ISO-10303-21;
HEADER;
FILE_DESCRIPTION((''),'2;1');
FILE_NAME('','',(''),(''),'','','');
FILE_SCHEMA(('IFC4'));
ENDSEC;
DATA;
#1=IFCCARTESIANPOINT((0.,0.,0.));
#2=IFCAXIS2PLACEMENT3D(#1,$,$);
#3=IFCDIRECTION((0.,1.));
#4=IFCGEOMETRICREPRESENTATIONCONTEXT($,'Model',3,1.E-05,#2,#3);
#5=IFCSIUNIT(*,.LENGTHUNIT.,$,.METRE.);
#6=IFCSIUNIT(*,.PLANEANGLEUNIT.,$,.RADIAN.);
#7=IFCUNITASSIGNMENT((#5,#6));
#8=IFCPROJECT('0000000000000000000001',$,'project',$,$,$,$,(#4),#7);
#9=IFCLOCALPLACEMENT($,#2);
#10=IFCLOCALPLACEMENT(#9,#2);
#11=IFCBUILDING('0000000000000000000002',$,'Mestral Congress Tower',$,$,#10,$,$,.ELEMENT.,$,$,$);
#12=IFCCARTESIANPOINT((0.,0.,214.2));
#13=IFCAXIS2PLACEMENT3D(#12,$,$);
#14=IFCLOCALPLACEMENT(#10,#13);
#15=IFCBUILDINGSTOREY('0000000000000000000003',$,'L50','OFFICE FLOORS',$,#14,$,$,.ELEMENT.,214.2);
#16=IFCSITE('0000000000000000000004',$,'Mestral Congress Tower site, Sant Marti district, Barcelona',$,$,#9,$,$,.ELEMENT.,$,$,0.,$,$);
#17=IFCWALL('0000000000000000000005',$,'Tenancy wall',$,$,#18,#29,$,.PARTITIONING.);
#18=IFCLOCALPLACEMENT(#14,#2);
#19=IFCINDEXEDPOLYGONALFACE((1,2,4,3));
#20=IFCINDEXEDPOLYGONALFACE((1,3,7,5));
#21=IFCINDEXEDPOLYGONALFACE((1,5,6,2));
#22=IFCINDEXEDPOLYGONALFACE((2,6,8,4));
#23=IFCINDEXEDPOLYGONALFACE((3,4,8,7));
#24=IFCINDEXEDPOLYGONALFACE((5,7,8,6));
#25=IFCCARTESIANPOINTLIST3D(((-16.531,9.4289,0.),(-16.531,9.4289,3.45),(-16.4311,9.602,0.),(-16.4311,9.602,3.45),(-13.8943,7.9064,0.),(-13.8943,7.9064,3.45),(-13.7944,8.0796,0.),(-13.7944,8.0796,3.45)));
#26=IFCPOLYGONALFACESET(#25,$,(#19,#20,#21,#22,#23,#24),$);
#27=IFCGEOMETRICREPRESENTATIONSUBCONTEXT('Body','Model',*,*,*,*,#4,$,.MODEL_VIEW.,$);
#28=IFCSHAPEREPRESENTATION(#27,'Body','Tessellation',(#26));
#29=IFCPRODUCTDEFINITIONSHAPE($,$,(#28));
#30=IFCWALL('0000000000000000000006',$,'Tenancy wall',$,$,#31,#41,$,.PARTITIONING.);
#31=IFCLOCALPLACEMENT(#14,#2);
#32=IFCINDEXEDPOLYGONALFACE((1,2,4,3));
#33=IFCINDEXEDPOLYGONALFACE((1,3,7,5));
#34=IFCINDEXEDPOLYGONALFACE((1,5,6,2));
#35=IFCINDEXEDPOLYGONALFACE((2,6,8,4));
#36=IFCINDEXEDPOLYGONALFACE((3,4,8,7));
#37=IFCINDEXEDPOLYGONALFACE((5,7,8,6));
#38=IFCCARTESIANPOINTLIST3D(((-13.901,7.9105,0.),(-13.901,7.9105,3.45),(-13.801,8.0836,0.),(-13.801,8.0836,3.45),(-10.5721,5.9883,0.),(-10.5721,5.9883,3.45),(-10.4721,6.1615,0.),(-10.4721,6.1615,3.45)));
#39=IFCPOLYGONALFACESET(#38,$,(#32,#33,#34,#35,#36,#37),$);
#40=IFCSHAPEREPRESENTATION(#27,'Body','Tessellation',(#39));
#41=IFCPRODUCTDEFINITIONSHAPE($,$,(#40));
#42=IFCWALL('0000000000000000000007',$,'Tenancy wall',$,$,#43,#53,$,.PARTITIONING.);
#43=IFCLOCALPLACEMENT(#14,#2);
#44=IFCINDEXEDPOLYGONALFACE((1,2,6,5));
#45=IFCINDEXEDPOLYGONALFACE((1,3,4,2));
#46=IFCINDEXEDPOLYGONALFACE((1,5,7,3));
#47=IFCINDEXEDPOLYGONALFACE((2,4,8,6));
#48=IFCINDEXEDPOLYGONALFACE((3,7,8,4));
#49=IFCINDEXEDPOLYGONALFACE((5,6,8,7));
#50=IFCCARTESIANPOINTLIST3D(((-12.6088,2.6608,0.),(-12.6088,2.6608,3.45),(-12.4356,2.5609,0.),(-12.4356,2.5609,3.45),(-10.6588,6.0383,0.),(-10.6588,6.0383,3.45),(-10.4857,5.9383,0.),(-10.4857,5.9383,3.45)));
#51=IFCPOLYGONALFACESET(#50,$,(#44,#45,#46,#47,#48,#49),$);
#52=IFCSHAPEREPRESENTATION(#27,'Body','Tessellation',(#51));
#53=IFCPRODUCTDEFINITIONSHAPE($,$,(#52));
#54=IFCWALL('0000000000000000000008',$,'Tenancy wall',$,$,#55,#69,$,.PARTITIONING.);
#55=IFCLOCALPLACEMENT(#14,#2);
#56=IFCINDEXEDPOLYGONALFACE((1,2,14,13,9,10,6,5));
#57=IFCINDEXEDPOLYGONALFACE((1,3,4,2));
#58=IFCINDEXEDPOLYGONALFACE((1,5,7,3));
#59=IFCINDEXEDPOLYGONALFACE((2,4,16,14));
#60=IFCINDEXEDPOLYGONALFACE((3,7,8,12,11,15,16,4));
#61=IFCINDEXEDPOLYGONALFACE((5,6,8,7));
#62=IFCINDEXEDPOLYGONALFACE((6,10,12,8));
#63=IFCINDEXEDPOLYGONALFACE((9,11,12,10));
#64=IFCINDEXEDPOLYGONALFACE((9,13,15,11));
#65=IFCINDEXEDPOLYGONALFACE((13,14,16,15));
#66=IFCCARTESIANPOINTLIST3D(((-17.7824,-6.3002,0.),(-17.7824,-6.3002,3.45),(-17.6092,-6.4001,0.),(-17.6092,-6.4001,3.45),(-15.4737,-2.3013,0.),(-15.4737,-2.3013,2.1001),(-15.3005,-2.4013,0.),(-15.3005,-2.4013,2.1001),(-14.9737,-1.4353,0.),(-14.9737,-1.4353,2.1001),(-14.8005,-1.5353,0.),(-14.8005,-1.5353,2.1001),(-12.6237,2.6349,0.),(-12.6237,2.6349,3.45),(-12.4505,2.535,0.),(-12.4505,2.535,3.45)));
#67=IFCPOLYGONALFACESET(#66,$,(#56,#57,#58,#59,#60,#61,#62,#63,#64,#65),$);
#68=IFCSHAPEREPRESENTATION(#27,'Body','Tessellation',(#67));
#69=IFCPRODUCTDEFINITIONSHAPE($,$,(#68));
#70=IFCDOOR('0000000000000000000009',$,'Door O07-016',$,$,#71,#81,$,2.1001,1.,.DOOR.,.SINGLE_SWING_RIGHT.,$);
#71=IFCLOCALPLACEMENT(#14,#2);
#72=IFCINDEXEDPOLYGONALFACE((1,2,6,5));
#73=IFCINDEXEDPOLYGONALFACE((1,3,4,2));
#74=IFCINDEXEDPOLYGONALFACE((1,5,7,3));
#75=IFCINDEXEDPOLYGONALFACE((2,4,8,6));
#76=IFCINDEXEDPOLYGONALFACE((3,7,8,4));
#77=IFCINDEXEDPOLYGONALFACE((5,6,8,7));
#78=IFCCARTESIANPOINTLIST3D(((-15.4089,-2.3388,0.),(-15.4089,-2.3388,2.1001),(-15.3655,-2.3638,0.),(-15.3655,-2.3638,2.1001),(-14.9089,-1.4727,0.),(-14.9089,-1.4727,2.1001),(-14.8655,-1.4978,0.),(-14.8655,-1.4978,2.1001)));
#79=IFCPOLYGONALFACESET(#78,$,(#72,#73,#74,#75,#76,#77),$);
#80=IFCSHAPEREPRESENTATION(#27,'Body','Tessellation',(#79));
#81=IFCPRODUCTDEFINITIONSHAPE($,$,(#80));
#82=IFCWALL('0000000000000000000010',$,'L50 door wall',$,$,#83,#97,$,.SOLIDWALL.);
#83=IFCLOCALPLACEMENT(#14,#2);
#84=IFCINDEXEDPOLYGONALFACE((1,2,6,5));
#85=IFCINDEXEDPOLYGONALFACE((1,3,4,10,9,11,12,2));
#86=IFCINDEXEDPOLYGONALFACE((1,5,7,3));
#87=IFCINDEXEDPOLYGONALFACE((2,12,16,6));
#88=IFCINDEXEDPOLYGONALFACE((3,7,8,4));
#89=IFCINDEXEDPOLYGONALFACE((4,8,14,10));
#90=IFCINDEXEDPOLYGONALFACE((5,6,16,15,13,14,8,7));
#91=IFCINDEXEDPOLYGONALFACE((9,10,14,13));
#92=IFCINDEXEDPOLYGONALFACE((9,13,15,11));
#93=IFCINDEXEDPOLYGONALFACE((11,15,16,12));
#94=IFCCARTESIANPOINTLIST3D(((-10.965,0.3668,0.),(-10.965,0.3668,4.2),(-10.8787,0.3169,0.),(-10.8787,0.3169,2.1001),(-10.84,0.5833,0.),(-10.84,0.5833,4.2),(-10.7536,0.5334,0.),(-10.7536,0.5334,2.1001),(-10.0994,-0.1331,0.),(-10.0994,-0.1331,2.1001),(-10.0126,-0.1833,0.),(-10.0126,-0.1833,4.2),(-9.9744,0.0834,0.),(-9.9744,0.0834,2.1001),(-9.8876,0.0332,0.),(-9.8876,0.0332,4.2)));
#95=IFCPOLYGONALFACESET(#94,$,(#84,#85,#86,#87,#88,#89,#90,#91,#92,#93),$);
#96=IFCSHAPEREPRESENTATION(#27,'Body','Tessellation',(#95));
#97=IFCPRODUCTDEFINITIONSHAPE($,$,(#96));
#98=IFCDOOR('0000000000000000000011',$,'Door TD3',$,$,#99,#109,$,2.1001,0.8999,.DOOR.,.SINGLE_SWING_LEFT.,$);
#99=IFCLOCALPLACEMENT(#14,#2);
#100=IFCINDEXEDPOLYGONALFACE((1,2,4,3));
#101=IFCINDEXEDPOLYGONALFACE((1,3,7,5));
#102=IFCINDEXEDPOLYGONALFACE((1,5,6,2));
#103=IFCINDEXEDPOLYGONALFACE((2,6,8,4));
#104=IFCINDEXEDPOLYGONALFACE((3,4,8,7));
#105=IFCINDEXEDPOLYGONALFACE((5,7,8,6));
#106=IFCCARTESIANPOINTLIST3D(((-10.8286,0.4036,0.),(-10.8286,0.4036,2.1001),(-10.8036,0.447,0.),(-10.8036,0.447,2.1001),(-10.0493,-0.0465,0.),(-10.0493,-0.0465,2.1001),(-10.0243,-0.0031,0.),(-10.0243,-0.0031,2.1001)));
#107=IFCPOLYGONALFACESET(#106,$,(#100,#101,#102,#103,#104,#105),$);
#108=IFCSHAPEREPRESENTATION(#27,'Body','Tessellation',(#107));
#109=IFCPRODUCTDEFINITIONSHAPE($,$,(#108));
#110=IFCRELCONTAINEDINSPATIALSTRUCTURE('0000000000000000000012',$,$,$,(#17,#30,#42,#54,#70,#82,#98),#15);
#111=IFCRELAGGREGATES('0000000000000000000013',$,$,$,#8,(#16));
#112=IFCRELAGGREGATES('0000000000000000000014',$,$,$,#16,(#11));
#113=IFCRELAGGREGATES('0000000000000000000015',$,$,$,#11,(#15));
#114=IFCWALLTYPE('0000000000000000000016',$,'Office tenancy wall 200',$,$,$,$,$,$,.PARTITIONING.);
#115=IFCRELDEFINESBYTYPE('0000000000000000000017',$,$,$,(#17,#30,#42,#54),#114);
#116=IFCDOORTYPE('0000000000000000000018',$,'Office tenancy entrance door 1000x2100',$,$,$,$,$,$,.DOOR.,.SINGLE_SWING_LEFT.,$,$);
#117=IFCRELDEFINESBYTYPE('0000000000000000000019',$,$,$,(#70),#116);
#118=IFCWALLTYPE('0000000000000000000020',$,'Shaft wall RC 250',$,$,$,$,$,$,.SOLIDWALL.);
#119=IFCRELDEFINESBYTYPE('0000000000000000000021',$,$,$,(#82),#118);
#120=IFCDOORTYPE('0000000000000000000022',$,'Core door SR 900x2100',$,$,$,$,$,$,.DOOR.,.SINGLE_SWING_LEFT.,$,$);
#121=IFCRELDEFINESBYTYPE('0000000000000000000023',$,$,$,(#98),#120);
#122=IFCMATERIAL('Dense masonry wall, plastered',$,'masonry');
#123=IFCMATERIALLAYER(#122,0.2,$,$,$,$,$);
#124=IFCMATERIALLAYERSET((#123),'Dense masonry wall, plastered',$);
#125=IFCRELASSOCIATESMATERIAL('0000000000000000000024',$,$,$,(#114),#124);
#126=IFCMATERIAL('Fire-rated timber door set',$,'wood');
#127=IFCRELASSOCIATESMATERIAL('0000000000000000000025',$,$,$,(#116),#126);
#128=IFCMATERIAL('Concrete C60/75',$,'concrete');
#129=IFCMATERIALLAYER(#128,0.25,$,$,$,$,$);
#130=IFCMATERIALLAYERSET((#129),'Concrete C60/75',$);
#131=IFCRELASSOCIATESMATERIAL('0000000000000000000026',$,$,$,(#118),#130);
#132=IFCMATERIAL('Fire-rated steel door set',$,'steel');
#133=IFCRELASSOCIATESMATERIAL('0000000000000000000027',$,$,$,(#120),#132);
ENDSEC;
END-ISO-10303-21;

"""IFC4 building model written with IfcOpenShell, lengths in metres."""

from ifc_helpers import new_model, si_unit, direction, frame, frame_2d, origin, place, context, subcontext, project, spatial, rectangle, extrude, material, layer, layer_set, type_object, element, fill, save


model = new_model("IFC4")

# Units and contexts
model_context = context("Model", 3, precision=1e-05, world=origin(), true_north=direction((0.0, 1.0)))
body_context = subcontext(model_context, "Body", "Model", "MODEL_VIEW")
ifc_project = project(units=[si_unit("LENGTHUNIT", "METRE"), si_unit("PLANEANGLEUNIT", "RADIAN")], contexts=[model_context])

# Site, building, storey
site_placement = place(None, origin())
site = spatial("IfcSite", under=ifc_project, at=site_placement, Name="Mestral Congress Tower site, Sant Marti district, Barcelona", CompositionType="ELEMENT", RefElevation=0.0)
building_placement = place(site_placement, origin())
building = spatial("IfcBuilding", under=site, at=building_placement, Name="Mestral Congress Tower", CompositionType="ELEMENT")
storey_placement = place(building_placement, frame((0.0, 0.0, 214.2)))
storey = spatial("IfcBuildingStorey", under=building, at=storey_placement, Name="L50", Description="OFFICE FLOORS", CompositionType="ELEMENT", Elevation=214.2)

# Shared definitions
ifc_material_1 = material(Name="Concrete C60/75", Category="concrete")

# Walls
ifc_material_2 = material(Name="Dense masonry wall, plastered", Category="masonry")
ifc_layer_1 = layer(ifc_material_2, 0.2)
ifc_layer_set_1 = layer_set([ifc_layer_1], Name="Dense masonry wall, plastered")
wall_type_1 = type_object("IfcWallType", Name="Office tenancy wall 200", PredefinedType="PARTITIONING", material=ifc_layer_set_1)
wall_1_placement = place(storey_placement, frame((-13.8442, 7.9929, 0.0), z_axis=(0.0, 0.0, 1.0), x_axis=(-0.866004, 0.500037, 0.0)))
element("IfcWall", 1, at=wall_1_placement, inside=storey, type_object=wall_type_1, Name="Tenancy wall", PredefinedType="PARTITIONING", context=body_context, shape_type="SweptSolid", body=[
    extrude(rectangle(XDim=3.0447, YDim=0.2, at=frame_2d((1.5225, 0.0))), origin(), (0.0, 0.0, 1.0), 3.45),
])
wall_2_placement = place(storey_placement, frame((-10.5222, 6.075, 0.0), z_axis=(0.0, 0.0, 1.0), x_axis=(-0.866003, 0.500039, 0.0)))
element("IfcWall", 2, at=wall_2_placement, inside=storey, type_object=wall_type_1, Name="Tenancy wall", PredefinedType="PARTITIONING", context=body_context, shape_type="SweptSolid", body=[
    extrude(rectangle(XDim=3.844, YDim=0.2, at=frame_2d((1.9219, 0.0))), origin(), (0.0, 0.0, 1.0), 3.45),
])
wall_3_placement = place(storey_placement, frame((-10.5723, 5.9883, 0.0), z_axis=(0.0, 0.0, 1.0), x_axis=(-0.499997, -0.866027, 0.0)))
element("IfcWall", 3, at=wall_3_placement, inside=storey, type_object=wall_type_1, Name="Tenancy wall", PredefinedType="PARTITIONING", context=body_context, shape_type="SweptSolid", body=[
    extrude(rectangle(XDim=3.8999, YDim=0.2, at=frame_2d((1.95, 0.0))), origin(), (0.0, 0.0, 1.0), 3.45),
])

# Walls, openings, doors
wall_4_placement = place(storey_placement, frame((-12.5371, 2.585, 0.0), z_axis=(0.0, 0.0, 1.0), x_axis=(-0.500002, -0.866024, 0.0)))
wall_4 = element("IfcWall", 4, at=wall_4_placement, inside=storey, type_object=wall_type_1, Name="Tenancy wall", PredefinedType="PARTITIONING", context=body_context, shape_type="SweptSolid", body=[
    extrude(rectangle(XDim=10.3174, YDim=0.2, at=frame_2d((5.1587, 0.0))), origin(), (0.0, 0.0, 1.0), 3.45),
])
opening_1_placement = place(wall_4_placement, frame((4.7, 0.0, 0.0)))
opening_1 = element("IfcOpeningElement", 5, at=opening_1_placement, cuts=wall_4, PredefinedType="OPENING", context=body_context, shape_type="SweptSolid", body=[
    extrude(rectangle(XDim=1.0, YDim=2.1001, at=frame_2d((0.5, 1.05))), frame((0.0, 0.1099, 0.0), z_axis=(0.0, -1.0, 0.0), x_axis=(1.0, 0.0, 0.0)), (0.0, 0.0, 1.0), 0.22),
])
ifc_material_3 = material(Name="Fire-rated timber door set", Category="wood")
door_type_1 = type_object("IfcDoorType", Name="Office tenancy entrance door 1000x2100", OperationType="SINGLE_SWING_LEFT", PredefinedType="DOOR", material=ifc_material_3)
door_1_placement = place(opening_1_placement, origin())
door_1 = element("IfcDoor", 6, at=door_1_placement, inside=storey, type_object=door_type_1, Name="Door O07-016", OperationType="SINGLE_SWING_RIGHT", OverallHeight=2.1001, OverallWidth=1.0, PredefinedType="DOOR", context=body_context, shape_type="SweptSolid", body=[
    extrude(rectangle(XDim=1.0, YDim=2.1001, at=frame_2d((0.5, 1.05))), frame((0.0, 0.0249, 0.0), z_axis=(0.0, -1.0, 0.0), x_axis=(1.0, 0.0, 0.0)), (0.0, 0.0, 1.0), 0.05),
])
fill(opening_1, door_1)
ifc_layer_2 = layer(ifc_material_1, 0.25)
ifc_layer_set_2 = layer_set([ifc_layer_2], Name="Concrete C60/75")
wall_type_2 = type_object("IfcWallType", Name="Shaft wall RC 250", PredefinedType="SOLIDWALL", material=ifc_layer_set_2)
wall_5_placement = place(storey_placement, frame((-9.9502, -0.075, 0.0), z_axis=(0.0, 0.0, 1.0), x_axis=(-0.865953, 0.500126, 0.0)))
wall_5 = element("IfcWall", 7, at=wall_5_placement, inside=storey, type_object=wall_type_2, Name="L50 door wall", PredefinedType="SOLIDWALL", context=body_context, shape_type="SweptSolid", body=[
    extrude(rectangle(XDim=1.0999, YDim=0.25, at=frame_2d((0.5498, 0.0))), origin(), (0.0, 0.0, 1.0), 4.2),
])
opening_2_placement = place(wall_5_placement, frame((0.1001, 0.0, 0.0)))
opening_2 = element("IfcOpeningElement", 8, at=opening_2_placement, cuts=wall_5, PredefinedType="OPENING", context=body_context, shape_type="SweptSolid", body=[
    extrude(rectangle(XDim=0.8999, YDim=2.1001, at=frame_2d((0.45, 1.05))), frame((0.0, 0.135, 0.0), z_axis=(0.0, -1.0, 0.0), x_axis=(1.0, 0.0, 0.0)), (0.0, 0.0, 1.0), 0.27),
])
ifc_material_4 = material(Name="Fire-rated steel door set", Category="steel")
door_type_2 = type_object("IfcDoorType", Name="Core door SR 900x2100", OperationType="SINGLE_SWING_LEFT", PredefinedType="DOOR", material=ifc_material_4)
door_2_placement = place(opening_2_placement, origin())
door_2 = element("IfcDoor", 9, at=door_2_placement, inside=storey, type_object=door_type_2, Name="Door TD3", OperationType="SINGLE_SWING_LEFT", OverallHeight=2.1001, OverallWidth=0.8999, PredefinedType="DOOR", context=body_context, shape_type="SweptSolid", body=[
    extrude(rectangle(XDim=0.8999, YDim=2.1001, at=frame_2d((0.45, 1.05))), frame((0.0, 0.0249, 0.0), z_axis=(0.0, -1.0, 0.0), x_axis=(1.0, 0.0, 0.0)), (0.0, 0.0, 1.0), 0.05),
])
fill(opening_2, door_2)

save(model, "model.ifc")
